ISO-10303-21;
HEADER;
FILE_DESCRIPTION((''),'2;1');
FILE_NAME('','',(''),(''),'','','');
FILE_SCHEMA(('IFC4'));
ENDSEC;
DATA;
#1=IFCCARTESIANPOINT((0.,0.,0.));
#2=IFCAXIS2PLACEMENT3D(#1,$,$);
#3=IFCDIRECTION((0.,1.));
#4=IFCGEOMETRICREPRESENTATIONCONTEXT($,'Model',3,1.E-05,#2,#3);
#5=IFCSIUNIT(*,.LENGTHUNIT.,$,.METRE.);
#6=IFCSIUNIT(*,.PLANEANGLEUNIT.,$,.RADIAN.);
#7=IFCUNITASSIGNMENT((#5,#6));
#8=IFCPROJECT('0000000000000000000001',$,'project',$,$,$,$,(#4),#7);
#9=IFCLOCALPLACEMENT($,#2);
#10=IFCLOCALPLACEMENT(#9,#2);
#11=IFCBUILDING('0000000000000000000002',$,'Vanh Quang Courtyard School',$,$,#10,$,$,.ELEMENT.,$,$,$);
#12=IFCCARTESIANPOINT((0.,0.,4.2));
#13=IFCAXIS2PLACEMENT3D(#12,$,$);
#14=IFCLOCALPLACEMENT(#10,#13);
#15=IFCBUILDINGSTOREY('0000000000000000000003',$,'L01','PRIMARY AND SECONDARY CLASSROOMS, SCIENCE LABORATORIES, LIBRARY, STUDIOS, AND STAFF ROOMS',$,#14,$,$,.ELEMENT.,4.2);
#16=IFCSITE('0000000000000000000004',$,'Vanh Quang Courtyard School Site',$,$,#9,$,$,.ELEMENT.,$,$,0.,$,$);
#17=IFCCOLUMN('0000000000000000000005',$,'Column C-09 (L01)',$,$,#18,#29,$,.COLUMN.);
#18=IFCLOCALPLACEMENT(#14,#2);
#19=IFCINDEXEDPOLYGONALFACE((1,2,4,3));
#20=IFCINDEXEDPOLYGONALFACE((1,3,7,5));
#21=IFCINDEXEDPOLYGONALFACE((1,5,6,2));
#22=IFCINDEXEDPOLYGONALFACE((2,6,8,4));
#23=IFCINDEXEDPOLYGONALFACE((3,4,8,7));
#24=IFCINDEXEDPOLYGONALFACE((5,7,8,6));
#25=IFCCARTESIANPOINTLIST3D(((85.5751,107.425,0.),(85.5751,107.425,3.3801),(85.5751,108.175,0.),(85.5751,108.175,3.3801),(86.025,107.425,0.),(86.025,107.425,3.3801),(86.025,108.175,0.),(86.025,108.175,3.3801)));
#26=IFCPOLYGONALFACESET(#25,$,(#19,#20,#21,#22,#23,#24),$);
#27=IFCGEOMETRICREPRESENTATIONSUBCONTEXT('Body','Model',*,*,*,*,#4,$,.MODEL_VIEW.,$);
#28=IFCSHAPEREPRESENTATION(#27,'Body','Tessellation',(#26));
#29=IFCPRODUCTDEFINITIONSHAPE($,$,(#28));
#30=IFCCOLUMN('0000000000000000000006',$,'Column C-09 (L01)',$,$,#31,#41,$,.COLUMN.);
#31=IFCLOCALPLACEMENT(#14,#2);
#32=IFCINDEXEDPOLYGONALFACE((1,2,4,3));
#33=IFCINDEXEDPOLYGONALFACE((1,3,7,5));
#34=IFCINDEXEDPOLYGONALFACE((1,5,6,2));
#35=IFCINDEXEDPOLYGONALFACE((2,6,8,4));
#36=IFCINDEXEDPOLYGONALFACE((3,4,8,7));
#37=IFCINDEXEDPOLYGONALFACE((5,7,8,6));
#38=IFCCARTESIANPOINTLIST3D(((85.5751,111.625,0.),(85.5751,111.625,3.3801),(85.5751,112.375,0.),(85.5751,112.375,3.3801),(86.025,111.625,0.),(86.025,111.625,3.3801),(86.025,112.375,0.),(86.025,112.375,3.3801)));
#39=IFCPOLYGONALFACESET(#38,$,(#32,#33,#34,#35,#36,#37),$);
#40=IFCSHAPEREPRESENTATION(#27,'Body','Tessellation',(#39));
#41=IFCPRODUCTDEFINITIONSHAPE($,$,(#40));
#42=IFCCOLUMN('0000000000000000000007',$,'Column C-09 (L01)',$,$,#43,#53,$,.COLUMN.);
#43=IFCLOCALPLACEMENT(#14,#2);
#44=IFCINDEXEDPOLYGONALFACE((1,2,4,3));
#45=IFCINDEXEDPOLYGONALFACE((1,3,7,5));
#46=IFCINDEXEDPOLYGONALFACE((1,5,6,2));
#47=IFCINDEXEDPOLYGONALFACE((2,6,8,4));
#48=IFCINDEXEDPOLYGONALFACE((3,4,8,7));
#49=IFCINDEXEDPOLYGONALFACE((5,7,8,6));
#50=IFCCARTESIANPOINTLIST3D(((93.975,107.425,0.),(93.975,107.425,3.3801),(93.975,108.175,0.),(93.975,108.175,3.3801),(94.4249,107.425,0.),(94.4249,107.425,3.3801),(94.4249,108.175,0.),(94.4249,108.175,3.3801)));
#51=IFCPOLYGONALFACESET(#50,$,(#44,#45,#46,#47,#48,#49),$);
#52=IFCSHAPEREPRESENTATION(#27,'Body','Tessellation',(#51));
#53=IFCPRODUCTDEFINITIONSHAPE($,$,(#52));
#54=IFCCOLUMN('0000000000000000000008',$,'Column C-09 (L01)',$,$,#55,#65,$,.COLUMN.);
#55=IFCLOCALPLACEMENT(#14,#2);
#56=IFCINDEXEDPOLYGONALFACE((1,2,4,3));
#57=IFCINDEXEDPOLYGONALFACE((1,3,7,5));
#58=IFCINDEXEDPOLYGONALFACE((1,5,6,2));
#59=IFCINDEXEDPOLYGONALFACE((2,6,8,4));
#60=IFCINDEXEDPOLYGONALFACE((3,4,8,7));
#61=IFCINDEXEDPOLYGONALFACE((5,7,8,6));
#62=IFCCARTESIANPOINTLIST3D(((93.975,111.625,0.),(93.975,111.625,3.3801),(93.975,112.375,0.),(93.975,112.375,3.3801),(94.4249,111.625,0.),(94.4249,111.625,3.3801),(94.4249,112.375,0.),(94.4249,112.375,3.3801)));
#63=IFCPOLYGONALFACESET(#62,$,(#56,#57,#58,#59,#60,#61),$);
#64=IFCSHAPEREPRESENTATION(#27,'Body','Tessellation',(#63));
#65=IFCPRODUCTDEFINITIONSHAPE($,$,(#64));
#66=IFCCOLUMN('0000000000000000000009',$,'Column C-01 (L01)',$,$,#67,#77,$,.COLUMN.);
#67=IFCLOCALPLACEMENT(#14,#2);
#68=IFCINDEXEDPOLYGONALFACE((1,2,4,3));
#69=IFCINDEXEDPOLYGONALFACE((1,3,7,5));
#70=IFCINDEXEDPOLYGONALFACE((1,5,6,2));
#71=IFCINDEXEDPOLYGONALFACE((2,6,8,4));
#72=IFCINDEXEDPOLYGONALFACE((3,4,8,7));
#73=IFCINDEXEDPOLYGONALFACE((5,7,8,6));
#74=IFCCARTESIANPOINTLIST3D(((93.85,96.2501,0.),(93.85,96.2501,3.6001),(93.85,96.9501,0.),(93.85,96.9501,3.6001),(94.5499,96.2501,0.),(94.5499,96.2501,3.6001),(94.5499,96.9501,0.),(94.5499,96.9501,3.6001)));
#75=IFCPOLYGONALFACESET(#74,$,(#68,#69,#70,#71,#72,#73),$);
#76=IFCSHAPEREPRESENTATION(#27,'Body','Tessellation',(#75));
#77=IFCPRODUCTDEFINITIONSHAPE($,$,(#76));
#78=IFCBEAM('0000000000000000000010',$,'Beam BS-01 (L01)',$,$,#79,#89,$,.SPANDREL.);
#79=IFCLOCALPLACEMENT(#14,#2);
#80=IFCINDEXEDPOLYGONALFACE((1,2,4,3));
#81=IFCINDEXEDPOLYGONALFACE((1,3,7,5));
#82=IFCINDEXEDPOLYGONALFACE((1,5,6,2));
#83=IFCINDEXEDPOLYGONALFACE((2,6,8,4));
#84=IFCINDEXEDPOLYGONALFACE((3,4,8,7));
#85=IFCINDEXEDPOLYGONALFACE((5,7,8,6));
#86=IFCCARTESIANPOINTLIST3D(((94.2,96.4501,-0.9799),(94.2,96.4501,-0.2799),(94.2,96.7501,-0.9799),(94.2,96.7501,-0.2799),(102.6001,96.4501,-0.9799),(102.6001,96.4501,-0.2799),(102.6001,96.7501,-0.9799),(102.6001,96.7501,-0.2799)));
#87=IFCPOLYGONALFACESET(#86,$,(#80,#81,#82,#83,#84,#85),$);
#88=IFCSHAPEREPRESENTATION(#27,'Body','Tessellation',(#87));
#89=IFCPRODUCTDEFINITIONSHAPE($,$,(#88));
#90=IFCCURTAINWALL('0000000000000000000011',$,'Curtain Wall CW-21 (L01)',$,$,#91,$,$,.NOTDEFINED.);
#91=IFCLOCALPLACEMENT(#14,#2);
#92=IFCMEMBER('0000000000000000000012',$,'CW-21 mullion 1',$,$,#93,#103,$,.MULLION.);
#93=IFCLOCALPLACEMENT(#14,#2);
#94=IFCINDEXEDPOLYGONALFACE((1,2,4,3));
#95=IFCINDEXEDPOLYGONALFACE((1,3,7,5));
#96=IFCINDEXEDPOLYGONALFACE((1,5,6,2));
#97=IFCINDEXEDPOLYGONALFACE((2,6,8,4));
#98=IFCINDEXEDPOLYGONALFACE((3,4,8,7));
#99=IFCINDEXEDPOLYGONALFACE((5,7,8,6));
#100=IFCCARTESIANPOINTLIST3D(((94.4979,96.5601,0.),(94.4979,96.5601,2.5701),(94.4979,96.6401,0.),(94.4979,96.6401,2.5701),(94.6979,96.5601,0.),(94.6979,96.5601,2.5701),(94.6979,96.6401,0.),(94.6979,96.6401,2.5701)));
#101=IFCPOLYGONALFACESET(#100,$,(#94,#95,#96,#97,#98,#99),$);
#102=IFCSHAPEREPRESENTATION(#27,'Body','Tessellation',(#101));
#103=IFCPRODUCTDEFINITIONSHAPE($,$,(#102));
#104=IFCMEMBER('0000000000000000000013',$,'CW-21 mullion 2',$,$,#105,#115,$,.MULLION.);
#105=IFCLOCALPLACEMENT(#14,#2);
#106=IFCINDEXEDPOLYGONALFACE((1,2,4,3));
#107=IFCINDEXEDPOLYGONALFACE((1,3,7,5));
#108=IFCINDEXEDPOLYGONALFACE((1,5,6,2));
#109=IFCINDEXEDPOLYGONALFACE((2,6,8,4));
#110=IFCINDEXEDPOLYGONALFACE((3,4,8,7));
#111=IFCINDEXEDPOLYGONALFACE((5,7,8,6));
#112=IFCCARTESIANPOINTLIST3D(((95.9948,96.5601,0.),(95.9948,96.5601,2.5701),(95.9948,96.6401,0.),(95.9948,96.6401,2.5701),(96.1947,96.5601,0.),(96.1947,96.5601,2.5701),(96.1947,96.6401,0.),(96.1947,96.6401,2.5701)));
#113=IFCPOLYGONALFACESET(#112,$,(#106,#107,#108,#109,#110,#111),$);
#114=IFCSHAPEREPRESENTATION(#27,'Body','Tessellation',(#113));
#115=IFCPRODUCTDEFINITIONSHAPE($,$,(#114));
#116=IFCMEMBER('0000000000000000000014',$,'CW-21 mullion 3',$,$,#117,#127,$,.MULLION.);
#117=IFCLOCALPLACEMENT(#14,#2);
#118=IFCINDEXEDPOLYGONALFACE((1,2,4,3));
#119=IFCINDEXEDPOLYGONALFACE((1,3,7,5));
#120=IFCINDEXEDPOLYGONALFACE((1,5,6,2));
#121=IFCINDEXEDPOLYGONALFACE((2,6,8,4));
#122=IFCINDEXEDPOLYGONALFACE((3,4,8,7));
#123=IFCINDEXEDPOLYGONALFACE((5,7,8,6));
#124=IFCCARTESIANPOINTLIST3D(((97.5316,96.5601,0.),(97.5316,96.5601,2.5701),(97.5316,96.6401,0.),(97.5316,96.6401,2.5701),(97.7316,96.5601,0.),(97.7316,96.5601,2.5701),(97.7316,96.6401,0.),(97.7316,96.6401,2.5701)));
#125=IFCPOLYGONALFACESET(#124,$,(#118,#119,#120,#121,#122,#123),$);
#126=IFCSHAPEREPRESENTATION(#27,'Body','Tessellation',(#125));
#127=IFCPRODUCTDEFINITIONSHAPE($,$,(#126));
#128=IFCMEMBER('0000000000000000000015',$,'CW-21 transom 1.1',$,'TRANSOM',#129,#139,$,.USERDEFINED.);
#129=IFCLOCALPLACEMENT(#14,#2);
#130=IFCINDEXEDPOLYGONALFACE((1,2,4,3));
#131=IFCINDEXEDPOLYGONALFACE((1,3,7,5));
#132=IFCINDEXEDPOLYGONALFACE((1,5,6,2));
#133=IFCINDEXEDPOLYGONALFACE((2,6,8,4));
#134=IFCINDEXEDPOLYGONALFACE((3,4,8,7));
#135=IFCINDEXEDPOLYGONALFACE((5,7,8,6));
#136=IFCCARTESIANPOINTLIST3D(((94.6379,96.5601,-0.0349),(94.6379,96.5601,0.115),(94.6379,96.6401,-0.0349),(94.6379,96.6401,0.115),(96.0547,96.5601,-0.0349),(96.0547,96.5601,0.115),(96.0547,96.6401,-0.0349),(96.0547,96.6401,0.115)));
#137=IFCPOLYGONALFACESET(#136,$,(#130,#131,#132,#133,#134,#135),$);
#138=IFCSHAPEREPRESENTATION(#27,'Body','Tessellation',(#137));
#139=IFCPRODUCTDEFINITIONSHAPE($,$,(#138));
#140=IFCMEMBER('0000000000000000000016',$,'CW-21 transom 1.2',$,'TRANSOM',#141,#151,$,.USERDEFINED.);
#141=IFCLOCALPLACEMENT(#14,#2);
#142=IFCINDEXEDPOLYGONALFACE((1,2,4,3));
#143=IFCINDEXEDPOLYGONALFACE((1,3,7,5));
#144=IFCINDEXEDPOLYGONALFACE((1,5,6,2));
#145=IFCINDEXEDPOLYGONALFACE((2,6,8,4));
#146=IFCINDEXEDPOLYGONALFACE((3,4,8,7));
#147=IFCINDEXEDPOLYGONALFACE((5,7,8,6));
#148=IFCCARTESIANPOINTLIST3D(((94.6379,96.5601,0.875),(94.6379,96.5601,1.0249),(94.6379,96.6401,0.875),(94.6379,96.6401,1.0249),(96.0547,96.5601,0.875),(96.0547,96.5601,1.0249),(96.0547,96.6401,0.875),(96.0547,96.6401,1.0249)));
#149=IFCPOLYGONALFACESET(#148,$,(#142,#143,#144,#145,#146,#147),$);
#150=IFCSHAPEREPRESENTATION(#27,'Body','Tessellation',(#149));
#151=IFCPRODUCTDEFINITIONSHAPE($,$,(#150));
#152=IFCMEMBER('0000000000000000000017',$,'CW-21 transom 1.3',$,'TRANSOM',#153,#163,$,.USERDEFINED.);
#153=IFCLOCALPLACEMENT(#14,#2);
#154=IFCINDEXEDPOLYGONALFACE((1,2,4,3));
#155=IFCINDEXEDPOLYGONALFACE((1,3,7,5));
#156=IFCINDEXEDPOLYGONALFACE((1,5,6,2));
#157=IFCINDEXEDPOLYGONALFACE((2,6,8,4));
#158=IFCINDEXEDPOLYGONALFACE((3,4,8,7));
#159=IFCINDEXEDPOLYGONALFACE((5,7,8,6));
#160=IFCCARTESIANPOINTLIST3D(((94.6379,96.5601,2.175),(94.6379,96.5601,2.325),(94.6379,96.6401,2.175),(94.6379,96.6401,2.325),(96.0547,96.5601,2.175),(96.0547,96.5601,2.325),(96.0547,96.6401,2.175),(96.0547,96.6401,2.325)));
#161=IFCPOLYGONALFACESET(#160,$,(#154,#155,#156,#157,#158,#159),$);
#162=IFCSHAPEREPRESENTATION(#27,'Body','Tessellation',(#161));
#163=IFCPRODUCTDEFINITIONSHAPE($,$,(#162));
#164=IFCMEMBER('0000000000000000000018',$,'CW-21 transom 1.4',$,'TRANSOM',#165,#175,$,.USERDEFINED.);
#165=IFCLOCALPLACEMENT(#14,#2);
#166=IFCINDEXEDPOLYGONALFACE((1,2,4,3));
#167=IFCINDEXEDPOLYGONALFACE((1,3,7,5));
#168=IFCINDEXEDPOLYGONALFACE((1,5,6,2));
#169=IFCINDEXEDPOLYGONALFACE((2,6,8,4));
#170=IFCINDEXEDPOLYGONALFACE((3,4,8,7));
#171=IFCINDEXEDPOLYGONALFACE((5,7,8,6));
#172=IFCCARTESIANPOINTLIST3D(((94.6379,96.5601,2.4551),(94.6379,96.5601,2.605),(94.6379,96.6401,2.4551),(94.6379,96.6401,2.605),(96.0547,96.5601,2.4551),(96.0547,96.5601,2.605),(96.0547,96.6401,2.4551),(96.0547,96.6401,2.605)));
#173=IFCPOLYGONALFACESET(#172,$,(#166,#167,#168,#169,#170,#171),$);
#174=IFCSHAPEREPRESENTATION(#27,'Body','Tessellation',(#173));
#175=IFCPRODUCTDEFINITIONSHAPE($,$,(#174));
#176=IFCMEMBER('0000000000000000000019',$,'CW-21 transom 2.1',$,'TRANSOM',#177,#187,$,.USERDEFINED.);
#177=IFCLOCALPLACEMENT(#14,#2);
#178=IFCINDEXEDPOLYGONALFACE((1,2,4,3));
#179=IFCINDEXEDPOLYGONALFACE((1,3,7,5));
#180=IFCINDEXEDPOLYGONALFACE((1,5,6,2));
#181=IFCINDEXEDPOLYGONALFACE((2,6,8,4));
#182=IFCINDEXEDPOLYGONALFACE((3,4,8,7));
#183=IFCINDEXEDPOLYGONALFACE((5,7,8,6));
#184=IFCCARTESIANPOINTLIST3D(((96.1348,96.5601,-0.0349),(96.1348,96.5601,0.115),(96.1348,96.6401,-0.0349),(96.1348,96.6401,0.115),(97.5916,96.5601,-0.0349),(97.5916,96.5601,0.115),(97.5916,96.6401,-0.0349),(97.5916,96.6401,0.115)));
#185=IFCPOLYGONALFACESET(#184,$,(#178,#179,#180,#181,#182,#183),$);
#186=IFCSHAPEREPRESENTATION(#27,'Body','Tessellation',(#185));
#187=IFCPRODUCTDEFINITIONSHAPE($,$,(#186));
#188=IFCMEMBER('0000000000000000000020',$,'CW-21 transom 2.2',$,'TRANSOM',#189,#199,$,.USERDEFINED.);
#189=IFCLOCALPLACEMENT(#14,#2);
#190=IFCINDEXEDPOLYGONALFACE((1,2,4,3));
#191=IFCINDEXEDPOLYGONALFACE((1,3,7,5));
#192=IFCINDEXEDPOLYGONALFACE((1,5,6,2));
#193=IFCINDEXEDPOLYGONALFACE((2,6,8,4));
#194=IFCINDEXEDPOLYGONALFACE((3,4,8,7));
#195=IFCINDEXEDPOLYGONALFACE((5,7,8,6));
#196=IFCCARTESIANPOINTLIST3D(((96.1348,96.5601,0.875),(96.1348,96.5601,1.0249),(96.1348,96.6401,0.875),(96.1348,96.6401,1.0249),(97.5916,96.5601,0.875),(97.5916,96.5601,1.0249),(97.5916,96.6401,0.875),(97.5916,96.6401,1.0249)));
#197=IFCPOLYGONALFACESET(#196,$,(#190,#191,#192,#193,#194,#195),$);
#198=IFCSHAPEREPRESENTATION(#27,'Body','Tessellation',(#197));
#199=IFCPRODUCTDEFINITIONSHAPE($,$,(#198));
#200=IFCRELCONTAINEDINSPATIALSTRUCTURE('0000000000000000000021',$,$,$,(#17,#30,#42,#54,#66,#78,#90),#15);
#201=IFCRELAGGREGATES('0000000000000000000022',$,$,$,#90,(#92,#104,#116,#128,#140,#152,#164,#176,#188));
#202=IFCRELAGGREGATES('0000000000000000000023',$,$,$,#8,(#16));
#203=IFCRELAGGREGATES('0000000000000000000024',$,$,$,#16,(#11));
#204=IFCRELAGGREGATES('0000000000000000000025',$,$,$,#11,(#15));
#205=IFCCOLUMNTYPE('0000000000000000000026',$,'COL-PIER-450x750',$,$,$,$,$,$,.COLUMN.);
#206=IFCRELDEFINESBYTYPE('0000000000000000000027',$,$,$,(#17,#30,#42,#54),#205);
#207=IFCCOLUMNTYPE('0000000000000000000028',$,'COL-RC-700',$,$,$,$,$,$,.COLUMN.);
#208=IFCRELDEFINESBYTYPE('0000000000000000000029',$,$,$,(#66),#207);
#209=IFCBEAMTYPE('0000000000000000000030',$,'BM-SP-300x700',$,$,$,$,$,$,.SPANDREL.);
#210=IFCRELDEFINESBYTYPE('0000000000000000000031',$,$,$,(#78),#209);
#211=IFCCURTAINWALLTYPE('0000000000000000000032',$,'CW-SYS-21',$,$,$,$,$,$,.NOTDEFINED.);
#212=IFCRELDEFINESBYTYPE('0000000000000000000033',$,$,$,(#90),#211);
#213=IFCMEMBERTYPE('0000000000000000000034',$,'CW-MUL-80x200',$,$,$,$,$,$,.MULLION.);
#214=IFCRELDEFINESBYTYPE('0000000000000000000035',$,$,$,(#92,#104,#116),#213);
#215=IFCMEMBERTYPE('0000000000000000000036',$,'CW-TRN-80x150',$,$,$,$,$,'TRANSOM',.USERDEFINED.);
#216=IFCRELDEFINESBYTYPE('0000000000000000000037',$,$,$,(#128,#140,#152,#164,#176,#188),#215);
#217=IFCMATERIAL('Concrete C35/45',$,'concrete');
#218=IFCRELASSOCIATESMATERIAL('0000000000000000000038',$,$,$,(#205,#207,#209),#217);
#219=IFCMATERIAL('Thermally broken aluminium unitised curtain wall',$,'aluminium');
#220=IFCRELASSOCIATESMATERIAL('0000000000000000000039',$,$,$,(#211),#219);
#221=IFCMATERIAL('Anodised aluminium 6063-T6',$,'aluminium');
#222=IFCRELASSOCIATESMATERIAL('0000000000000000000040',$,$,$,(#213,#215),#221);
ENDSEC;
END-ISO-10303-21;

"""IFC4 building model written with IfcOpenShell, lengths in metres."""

from ifc_helpers import new_model, si_unit, direction, frame, origin, origin_2d, place, context, subcontext, project, spatial, rectangle, extrude, material, material_profile, profile_set, type_object, element, aggregate, save


model = new_model("IFC4")

# Units and contexts
model_context = context("Model", 3, precision=1e-05, world=origin(), true_north=direction((0.0, 1.0)))
body_context = subcontext(model_context, "Body", "Model", "MODEL_VIEW")
ifc_project = project(units=[si_unit("LENGTHUNIT", "METRE"), si_unit("PLANEANGLEUNIT", "RADIAN")], contexts=[model_context])

# Site, building, storey
site_placement = place(None, origin())
site = spatial("IfcSite", under=ifc_project, at=site_placement, Name="Vanh Quang Courtyard School Site", CompositionType="ELEMENT", RefElevation=0.0)
building_placement = place(site_placement, origin())
building = spatial("IfcBuilding", under=site, at=building_placement, Name="Vanh Quang Courtyard School", CompositionType="ELEMENT")
storey_placement = place(building_placement, frame((0.0, 0.0, 4.2)))
storey = spatial("IfcBuildingStorey", under=building, at=storey_placement, Name="L01", Description="PRIMARY AND SECONDARY CLASSROOMS, SCIENCE LABORATORIES, LIBRARY, STUDIOS, AND STAFF ROOMS", CompositionType="ELEMENT", Elevation=4.2)

# Columns
ifc_material_1 = material(Name="Concrete C35/45", Category="concrete")
ifc_material_profile_1 = material_profile(ifc_material_1, rectangle(XDim=0.45, YDim=0.75, at=origin_2d()), Name="RC-PIER 450x750")
ifc_profile_set_1 = profile_set([ifc_material_profile_1], Name="Concrete C35/45")
column_type_1 = type_object("IfcColumnType", Name="COL-PIER-450x750", PredefinedType="COLUMN", material=ifc_profile_set_1)
for number, where, z_axis, x_axis, name in (
    (1, (85.8, 107.8, 0.0), (0.0, 0.0, 1.0), (1.0, 0.0, 0.0), "Column C-09 (L01)"),
    (2, (85.8, 112.0, 0.0), (0.0, 0.0, 1.0), (1.0, 0.0, 0.0), "Column C-09 (L01)"),
    (3, (94.2, 107.8, 0.0), (0.0, 0.0, 1.0), (1.0, 0.0, 0.0), "Column C-09 (L01)"),
    (4, (94.2, 112.0, 0.0), (0.0, 0.0, 1.0), (1.0, 0.0, 0.0), "Column C-09 (L01)"),
):
    element("IfcColumn", number, at=place(storey_placement, frame(where, z_axis=z_axis, x_axis=x_axis)), inside=storey, type_object=column_type_1, Name=name, PredefinedType="COLUMN", context=body_context, shape_type="SweptSolid", body=[
        extrude(rectangle(XDim=0.45, YDim=0.75, at=origin_2d()), origin(), (0.0, 0.0, 1.0), 3.3801),
    ])
ifc_material_profile_2 = material_profile(ifc_material_1, rectangle(XDim=0.7, YDim=0.7, at=origin_2d()), Name="RC-COL 700x700")
ifc_profile_set_2 = profile_set([ifc_material_profile_2], Name="Concrete C35/45")
column_type_2 = type_object("IfcColumnType", Name="COL-RC-700", PredefinedType="COLUMN", material=ifc_profile_set_2)
column_placement = place(storey_placement, frame((94.2, 96.6001, 0.0), z_axis=(0.0, 0.0, 1.0), x_axis=(1.0, 0.0, 0.0)))
element("IfcColumn", 5, at=column_placement, inside=storey, type_object=column_type_2, Name="Column C-01 (L01)", PredefinedType="COLUMN", context=body_context, shape_type="SweptSolid", body=[
    extrude(rectangle(XDim=0.7, YDim=0.7, at=origin_2d()), origin(), (0.0, 0.0, 1.0), 3.6001),
])

# Beam
ifc_material_profile_3 = material_profile(ifc_material_1, rectangle(XDim=0.3, YDim=0.7, at=origin_2d()), Name="RC-SP 300x700")
ifc_profile_set_3 = profile_set([ifc_material_profile_3], Name="Concrete C35/45")
beam_type = type_object("IfcBeamType", Name="BM-SP-300x700", PredefinedType="SPANDREL", material=ifc_profile_set_3)
beam_placement = place(storey_placement, frame((94.2, 96.6001, -0.6299), z_axis=(1.0, 0.0, 0.0), x_axis=(0.0, 1.0, 0.0)))
element("IfcBeam", 6, at=beam_placement, inside=storey, type_object=beam_type, Name="Beam BS-01 (L01)", PredefinedType="SPANDREL", context=body_context, shape_type="SweptSolid", body=[
    extrude(rectangle(XDim=0.3, YDim=0.7, at=origin_2d()), origin(), (0.0, 0.0, 1.0), 8.4001),
])

# Curtain wall, members
ifc_material_2 = material(Name="Thermally broken aluminium unitised curtain wall", Category="aluminium")
curtain_wall_type = type_object("IfcCurtainWallType", Name="CW-SYS-21", PredefinedType="NOTDEFINED", material=ifc_material_2)
curtain_wall_placement = place(storey_placement, origin())
curtain_wall = element("IfcCurtainWall", 7, at=curtain_wall_placement, inside=storey, type_object=curtain_wall_type, Name="Curtain Wall CW-21 (L01)", PredefinedType="NOTDEFINED")
ifc_material_3 = material(Name="Anodised aluminium 6063-T6", Category="aluminium")
ifc_material_profile_4 = material_profile(ifc_material_3, rectangle(XDim=0.0801, YDim=0.2, at=origin_2d()), Name="ALU-MUL 80x200")
ifc_profile_set_4 = profile_set([ifc_material_profile_4], Name="Anodised aluminium 6063-T6")
member_type_1 = type_object("IfcMemberType", Name="CW-MUL-80x200", PredefinedType="MULLION", material=ifc_profile_set_4)
member_1_placement = place(storey_placement, frame((94.5979, 96.6001, 0.0), z_axis=(0.0, 0.0, 1.0), x_axis=(0.0, 1.0, 0.0)))
member_1 = element("IfcMember", 8, at=member_1_placement, type_object=member_type_1, Name="CW-21 mullion 1", PredefinedType="MULLION", context=body_context, shape_type="SweptSolid", body=[
    extrude(rectangle(XDim=0.0801, YDim=0.2, at=origin_2d()), origin(), (0.0, 0.0, 1.0), 2.5701),
])
member_2_placement = place(storey_placement, frame((96.0947, 96.6001, 0.0), z_axis=(0.0, 0.0, 1.0), x_axis=(0.0, 1.0, 0.0)))
member_2 = element("IfcMember", 9, at=member_2_placement, type_object=member_type_1, Name="CW-21 mullion 2", PredefinedType="MULLION", context=body_context, shape_type="SweptSolid", body=[
    extrude(rectangle(XDim=0.0801, YDim=0.2, at=origin_2d()), origin(), (0.0, 0.0, 1.0), 2.5701),
])
member_3_placement = place(storey_placement, frame((97.6316, 96.6001, 0.0), z_axis=(0.0, 0.0, 1.0), x_axis=(0.0, 1.0, 0.0)))
member_3 = element("IfcMember", 10, at=member_3_placement, type_object=member_type_1, Name="CW-21 mullion 3", PredefinedType="MULLION", context=body_context, shape_type="SweptSolid", body=[
    extrude(rectangle(XDim=0.0801, YDim=0.2, at=origin_2d()), origin(), (0.0, 0.0, 1.0), 2.5701),
])
ifc_material_profile_5 = material_profile(ifc_material_3, rectangle(XDim=0.0801, YDim=0.1499, at=origin_2d()), Name="ALU-TRN 80x150")
ifc_profile_set_5 = profile_set([ifc_material_profile_5], Name="Anodised aluminium 6063-T6")
member_type_2 = type_object("IfcMemberType", Name="CW-TRN-80x150", ElementType="TRANSOM", PredefinedType="USERDEFINED", material=ifc_profile_set_5)
member_4_placement = place(storey_placement, frame((94.6379, 96.6001, 0.04), z_axis=(1.0, 0.0, 0.0), x_axis=(0.0, 1.0, 0.0)))
member_4 = element("IfcMember", 11, at=member_4_placement, type_object=member_type_2, Name="CW-21 transom 1.1", ObjectType="TRANSOM", PredefinedType="USERDEFINED", context=body_context, shape_type="SweptSolid", body=[
    extrude(rectangle(XDim=0.0801, YDim=0.1499, at=origin_2d()), origin(), (0.0, 0.0, 1.0), 1.4167),
])
member_5_placement = place(storey_placement, frame((94.6379, 96.6001, 0.95), z_axis=(1.0, 0.0, 0.0), x_axis=(0.0, 1.0, 0.0)))
member_5 = element("IfcMember", 12, at=member_5_placement, type_object=member_type_2, Name="CW-21 transom 1.2", ObjectType="TRANSOM", PredefinedType="USERDEFINED", context=body_context, shape_type="SweptSolid", body=[
    extrude(rectangle(XDim=0.0801, YDim=0.1499, at=origin_2d()), origin(), (0.0, 0.0, 1.0), 1.4167),
])
member_6_placement = place(storey_placement, frame((94.6379, 96.6001, 2.25), z_axis=(1.0, 0.0, 0.0), x_axis=(0.0, 1.0, 0.0)))
member_6 = element("IfcMember", 13, at=member_6_placement, type_object=member_type_2, Name="CW-21 transom 1.3", ObjectType="TRANSOM", PredefinedType="USERDEFINED", context=body_context, shape_type="SweptSolid", body=[
    extrude(rectangle(XDim=0.0801, YDim=0.1499, at=origin_2d()), origin(), (0.0, 0.0, 1.0), 1.4167),
])
member_7_placement = place(storey_placement, frame((94.6379, 96.6001, 2.53), z_axis=(1.0, 0.0, 0.0), x_axis=(0.0, 1.0, 0.0)))
member_7 = element("IfcMember", 14, at=member_7_placement, type_object=member_type_2, Name="CW-21 transom 1.4", ObjectType="TRANSOM", PredefinedType="USERDEFINED", context=body_context, shape_type="SweptSolid", body=[
    extrude(rectangle(XDim=0.0801, YDim=0.1499, at=origin_2d()), origin(), (0.0, 0.0, 1.0), 1.4167),
])
member_8_placement = place(storey_placement, frame((96.1348, 96.6001, 0.04), z_axis=(1.0, 0.0, 0.0), x_axis=(0.0, 1.0, 0.0)))
member_8 = element("IfcMember", 15, at=member_8_placement, type_object=member_type_2, Name="CW-21 transom 2.1", ObjectType="TRANSOM", PredefinedType="USERDEFINED", context=body_context, shape_type="SweptSolid", body=[
    extrude(rectangle(XDim=0.0801, YDim=0.1499, at=origin_2d()), origin(), (0.0, 0.0, 1.0), 1.4568),
])
member_9_placement = place(storey_placement, frame((96.1348, 96.6001, 0.95), z_axis=(1.0, 0.0, 0.0), x_axis=(0.0, 1.0, 0.0)))
member_9 = element("IfcMember", 16, at=member_9_placement, type_object=member_type_2, Name="CW-21 transom 2.2", ObjectType="TRANSOM", PredefinedType="USERDEFINED", context=body_context, shape_type="SweptSolid", body=[
    extrude(rectangle(XDim=0.0801, YDim=0.1499, at=origin_2d()), origin(), (0.0, 0.0, 1.0), 1.4568),
])
aggregate(curtain_wall, [member_1, member_2, member_3, member_4, member_5, member_6, member_7, member_8, member_9])

save(model, "model.ifc")
